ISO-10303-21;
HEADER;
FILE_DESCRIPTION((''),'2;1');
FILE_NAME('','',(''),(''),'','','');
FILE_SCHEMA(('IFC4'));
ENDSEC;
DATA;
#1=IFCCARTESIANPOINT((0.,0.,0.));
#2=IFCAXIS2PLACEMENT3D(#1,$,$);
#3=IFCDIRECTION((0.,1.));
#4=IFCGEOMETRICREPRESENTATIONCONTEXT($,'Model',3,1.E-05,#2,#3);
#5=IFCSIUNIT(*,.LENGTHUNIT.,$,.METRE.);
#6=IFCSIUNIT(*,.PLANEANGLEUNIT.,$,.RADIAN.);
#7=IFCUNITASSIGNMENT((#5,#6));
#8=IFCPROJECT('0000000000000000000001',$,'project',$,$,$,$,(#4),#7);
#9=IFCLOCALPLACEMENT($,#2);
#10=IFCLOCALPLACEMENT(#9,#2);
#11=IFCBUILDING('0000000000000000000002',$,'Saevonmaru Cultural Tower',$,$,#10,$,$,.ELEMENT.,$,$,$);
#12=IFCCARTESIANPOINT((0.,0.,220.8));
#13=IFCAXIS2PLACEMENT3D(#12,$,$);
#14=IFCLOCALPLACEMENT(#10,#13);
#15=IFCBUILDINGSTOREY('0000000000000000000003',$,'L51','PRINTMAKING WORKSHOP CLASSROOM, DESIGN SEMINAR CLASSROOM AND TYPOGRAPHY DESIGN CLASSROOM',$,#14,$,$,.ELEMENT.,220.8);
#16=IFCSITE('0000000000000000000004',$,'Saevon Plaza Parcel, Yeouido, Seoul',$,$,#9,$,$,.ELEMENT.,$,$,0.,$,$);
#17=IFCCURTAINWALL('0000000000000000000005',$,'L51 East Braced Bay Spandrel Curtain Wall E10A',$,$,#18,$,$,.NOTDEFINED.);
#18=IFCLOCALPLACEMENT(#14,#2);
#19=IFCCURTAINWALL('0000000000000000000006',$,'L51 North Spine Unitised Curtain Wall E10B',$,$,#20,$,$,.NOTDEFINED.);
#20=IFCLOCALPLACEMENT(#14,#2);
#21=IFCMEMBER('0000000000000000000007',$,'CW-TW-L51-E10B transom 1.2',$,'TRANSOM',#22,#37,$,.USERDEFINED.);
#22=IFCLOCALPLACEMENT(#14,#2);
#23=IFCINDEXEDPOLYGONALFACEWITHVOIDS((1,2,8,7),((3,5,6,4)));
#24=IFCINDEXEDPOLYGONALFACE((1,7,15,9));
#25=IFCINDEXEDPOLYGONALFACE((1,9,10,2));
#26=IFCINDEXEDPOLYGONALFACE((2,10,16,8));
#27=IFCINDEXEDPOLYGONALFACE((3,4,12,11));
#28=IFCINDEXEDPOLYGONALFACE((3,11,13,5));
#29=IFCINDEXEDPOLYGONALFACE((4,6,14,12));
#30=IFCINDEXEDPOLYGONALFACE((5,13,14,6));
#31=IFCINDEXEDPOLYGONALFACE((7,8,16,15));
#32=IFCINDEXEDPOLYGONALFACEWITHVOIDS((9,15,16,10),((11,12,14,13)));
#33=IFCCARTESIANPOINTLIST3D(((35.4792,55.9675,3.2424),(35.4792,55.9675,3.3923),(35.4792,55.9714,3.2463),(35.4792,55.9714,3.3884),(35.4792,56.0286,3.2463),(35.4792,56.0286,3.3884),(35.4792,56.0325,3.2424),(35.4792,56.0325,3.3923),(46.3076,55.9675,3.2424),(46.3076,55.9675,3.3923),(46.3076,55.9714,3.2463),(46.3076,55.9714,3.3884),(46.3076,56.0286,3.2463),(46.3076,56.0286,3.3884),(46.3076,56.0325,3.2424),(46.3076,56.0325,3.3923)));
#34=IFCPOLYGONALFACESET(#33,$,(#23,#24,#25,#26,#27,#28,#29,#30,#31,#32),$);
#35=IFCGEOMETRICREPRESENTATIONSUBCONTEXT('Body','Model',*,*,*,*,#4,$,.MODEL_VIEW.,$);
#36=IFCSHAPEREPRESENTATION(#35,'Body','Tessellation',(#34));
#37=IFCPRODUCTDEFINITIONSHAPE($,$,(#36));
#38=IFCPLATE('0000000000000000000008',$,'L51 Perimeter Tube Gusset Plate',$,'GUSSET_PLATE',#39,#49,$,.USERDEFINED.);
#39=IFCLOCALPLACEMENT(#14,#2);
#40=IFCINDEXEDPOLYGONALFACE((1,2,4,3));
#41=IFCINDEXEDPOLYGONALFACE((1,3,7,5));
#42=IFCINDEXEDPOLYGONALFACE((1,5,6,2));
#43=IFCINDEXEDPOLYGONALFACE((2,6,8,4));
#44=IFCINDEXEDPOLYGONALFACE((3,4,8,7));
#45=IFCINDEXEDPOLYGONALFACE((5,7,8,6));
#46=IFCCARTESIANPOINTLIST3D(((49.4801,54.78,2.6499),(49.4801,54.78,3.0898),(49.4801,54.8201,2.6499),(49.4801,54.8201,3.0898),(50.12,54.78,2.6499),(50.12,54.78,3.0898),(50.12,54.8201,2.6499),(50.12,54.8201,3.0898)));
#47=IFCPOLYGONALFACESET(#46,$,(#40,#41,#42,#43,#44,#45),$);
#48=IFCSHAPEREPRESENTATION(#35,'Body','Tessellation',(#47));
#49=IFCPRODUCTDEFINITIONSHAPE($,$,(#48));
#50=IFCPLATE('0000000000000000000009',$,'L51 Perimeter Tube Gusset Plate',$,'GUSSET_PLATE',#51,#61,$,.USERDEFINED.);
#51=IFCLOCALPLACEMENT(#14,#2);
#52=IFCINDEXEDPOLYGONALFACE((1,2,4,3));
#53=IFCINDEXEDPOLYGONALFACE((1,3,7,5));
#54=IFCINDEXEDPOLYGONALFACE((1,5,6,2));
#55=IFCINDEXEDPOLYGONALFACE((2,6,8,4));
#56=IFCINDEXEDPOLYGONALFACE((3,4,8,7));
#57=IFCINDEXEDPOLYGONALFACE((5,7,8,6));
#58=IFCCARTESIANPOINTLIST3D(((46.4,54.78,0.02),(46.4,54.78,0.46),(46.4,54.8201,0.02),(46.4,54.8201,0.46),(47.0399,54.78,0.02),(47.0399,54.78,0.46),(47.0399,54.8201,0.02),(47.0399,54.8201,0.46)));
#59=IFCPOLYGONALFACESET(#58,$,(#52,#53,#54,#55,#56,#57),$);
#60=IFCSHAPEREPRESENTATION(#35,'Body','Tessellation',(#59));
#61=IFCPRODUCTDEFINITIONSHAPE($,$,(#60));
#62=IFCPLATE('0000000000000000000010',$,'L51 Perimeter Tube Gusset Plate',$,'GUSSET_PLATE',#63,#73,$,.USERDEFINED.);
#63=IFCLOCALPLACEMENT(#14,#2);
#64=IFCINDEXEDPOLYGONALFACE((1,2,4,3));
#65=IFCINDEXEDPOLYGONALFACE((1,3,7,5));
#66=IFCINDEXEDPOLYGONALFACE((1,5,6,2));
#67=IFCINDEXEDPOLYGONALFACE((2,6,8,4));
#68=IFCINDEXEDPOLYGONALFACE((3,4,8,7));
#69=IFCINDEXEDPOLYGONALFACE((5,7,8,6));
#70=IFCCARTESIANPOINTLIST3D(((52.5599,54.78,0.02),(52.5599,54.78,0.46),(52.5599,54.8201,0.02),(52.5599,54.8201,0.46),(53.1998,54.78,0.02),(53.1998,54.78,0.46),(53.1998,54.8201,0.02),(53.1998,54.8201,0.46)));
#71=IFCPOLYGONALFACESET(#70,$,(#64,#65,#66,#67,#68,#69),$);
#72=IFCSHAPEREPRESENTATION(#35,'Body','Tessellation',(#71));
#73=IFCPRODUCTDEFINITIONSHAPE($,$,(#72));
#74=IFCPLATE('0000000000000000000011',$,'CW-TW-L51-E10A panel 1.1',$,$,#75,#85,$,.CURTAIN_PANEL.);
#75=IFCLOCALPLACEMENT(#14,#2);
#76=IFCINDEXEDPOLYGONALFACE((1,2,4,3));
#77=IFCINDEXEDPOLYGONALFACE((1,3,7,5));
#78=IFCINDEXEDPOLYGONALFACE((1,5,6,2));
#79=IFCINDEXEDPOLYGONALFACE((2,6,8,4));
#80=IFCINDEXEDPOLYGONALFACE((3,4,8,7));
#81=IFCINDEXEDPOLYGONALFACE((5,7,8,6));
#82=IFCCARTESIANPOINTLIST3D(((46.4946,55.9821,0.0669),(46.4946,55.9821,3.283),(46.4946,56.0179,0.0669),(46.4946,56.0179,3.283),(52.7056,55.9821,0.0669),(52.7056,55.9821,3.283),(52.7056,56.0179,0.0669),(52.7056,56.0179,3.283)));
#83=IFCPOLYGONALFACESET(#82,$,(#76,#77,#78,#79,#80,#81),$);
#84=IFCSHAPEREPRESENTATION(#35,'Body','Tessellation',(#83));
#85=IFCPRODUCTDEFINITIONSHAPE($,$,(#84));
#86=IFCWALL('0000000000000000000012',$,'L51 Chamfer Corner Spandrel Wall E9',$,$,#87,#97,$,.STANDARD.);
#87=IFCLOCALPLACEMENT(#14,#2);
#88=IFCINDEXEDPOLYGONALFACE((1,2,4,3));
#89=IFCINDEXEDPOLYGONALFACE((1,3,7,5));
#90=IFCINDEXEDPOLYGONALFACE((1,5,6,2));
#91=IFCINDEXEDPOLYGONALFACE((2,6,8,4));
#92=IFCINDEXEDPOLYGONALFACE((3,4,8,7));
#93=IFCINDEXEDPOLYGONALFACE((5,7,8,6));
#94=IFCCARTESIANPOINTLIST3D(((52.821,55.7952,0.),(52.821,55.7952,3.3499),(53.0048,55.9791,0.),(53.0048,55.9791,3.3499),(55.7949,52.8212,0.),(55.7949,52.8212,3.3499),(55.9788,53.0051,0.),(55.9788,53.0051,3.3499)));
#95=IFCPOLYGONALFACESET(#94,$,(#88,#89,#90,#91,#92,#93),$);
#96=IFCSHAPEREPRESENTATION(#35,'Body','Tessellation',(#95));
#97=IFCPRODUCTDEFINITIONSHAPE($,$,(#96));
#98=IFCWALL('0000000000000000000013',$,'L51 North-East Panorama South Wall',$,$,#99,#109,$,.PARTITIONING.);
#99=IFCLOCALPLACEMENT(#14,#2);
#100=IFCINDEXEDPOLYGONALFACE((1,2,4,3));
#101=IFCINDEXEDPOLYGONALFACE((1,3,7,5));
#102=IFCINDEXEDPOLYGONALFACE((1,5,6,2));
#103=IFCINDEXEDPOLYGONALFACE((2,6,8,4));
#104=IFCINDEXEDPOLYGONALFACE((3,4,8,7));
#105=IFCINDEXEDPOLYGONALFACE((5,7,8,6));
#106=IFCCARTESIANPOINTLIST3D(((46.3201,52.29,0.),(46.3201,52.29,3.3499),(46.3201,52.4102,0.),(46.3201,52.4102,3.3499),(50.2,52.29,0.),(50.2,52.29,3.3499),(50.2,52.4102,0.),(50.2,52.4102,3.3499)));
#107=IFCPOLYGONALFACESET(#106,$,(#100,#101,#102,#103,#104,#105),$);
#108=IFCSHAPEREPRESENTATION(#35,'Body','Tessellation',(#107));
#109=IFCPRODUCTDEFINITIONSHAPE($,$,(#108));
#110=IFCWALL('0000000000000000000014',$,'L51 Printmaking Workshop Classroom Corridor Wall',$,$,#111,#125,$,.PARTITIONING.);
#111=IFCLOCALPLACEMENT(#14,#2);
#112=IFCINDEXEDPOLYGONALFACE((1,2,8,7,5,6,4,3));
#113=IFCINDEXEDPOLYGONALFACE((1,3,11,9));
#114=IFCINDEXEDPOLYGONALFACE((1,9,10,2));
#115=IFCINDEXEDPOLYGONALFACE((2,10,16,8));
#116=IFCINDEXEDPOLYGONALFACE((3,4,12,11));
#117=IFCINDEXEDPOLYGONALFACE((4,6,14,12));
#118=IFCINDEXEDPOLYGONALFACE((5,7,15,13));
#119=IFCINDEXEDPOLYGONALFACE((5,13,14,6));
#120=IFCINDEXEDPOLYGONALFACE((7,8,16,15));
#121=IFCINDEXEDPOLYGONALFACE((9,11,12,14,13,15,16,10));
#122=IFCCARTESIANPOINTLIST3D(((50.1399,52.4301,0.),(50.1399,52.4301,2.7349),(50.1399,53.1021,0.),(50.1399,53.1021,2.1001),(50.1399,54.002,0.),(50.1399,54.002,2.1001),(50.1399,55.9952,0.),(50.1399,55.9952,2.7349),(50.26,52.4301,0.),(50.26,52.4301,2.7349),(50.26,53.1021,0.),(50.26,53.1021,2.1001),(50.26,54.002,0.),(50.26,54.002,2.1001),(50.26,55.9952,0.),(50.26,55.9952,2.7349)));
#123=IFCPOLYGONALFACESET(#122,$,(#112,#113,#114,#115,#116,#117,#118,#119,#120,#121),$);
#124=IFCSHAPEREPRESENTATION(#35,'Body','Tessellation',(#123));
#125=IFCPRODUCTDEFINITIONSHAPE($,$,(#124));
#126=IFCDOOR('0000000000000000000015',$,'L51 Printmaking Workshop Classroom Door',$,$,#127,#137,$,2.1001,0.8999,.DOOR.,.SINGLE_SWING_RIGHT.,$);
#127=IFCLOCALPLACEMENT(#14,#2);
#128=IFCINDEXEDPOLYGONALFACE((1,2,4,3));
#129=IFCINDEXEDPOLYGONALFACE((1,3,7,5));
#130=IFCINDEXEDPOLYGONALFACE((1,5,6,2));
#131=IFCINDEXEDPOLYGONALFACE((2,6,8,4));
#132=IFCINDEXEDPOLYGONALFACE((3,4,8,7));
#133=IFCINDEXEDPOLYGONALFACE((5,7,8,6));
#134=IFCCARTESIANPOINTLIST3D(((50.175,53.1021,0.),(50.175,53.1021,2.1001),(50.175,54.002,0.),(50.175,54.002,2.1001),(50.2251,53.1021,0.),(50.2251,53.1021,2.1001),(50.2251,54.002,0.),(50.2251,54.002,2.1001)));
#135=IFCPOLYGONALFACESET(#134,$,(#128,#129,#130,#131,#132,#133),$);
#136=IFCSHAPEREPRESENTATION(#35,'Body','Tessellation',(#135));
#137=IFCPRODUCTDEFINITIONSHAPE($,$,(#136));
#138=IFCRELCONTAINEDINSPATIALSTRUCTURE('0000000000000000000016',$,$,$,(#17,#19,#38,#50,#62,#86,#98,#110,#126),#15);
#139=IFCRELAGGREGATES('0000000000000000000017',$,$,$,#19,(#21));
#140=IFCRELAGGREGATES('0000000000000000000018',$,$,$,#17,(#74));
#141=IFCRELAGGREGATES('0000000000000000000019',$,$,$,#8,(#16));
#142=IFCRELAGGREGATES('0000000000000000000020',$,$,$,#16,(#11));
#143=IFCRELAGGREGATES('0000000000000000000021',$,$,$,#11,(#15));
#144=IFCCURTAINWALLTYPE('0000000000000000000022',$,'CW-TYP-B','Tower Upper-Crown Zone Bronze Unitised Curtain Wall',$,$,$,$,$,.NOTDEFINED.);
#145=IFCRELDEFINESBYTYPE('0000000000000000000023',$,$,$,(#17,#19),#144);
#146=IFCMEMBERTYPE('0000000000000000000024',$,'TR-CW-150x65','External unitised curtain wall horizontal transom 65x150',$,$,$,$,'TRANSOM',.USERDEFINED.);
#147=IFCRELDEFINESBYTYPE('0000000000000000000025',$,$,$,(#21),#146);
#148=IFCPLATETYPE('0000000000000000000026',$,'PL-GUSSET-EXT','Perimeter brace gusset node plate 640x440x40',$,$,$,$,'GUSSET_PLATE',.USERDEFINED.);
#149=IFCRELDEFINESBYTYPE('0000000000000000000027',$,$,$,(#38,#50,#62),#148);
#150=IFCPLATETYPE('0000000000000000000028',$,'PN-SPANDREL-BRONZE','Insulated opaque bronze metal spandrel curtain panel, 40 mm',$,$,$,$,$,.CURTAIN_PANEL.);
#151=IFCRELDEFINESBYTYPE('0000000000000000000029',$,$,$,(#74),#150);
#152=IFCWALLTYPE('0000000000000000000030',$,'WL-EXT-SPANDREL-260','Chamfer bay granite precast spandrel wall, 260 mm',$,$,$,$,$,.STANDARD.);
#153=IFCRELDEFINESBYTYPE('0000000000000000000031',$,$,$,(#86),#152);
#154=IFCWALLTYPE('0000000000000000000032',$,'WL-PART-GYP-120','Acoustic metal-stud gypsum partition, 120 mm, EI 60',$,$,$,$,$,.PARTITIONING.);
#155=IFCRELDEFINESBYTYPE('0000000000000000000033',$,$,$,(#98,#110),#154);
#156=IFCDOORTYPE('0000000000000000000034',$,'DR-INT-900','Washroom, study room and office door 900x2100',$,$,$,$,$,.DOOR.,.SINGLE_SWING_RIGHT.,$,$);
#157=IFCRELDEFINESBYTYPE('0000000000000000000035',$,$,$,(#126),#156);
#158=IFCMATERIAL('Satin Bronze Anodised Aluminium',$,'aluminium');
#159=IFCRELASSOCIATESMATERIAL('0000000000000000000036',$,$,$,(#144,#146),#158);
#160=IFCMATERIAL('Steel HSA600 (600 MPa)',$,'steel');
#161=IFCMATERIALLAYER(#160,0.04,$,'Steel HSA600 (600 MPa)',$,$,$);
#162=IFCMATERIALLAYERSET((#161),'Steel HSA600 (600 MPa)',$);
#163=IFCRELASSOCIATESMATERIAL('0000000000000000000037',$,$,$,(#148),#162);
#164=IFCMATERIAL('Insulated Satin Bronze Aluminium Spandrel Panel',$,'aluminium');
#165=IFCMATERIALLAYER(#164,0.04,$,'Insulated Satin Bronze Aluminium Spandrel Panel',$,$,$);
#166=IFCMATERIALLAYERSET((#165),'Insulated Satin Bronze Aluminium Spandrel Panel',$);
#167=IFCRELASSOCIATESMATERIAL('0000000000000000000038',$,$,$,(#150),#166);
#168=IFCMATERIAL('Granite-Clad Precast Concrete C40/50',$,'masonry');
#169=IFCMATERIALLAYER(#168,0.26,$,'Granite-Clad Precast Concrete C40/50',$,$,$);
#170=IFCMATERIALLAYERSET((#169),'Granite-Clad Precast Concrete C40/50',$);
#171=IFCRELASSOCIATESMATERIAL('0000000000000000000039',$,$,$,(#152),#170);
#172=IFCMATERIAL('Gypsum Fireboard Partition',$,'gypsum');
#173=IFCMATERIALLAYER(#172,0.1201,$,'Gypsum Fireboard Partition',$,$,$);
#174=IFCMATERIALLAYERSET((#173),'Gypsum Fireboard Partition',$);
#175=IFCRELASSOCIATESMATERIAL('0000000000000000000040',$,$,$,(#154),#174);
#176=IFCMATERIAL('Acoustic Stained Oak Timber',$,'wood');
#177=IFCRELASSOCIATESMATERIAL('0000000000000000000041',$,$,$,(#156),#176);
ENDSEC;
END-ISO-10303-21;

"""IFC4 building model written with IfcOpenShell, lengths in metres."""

from ifc_helpers import new_model, si_unit, direction, frame, frame_2d, origin, origin_2d, place, context, subcontext, project, spatial, rectangle, hollow_rectangle, extrude, material, layer, layer_set, material_profile, profile_set, type_object, element, fill, aggregate, save


model = new_model("IFC4")

# Units and contexts
model_context = context("Model", 3, precision=1e-05, world=origin(), true_north=direction((0.0, 1.0)))
body_context = subcontext(model_context, "Body", "Model", "MODEL_VIEW")
ifc_project = project(units=[si_unit("LENGTHUNIT", "METRE"), si_unit("PLANEANGLEUNIT", "RADIAN")], contexts=[model_context])

# Site, building, storey
site_placement = place(None, origin())
site = spatial("IfcSite", under=ifc_project, at=site_placement, Name="Saevon Plaza Parcel, Yeouido, Seoul", CompositionType="ELEMENT", RefElevation=0.0)
building_placement = place(site_placement, origin())
building = spatial("IfcBuilding", under=site, at=building_placement, Name="Saevonmaru Cultural Tower", CompositionType="ELEMENT")
storey_placement = place(building_placement, frame((0.0, 0.0, 220.8)))
storey = spatial("IfcBuildingStorey", under=building, at=storey_placement, Name="L51", Description="PRINTMAKING WORKSHOP CLASSROOM, DESIGN SEMINAR CLASSROOM AND TYPOGRAPHY DESIGN CLASSROOM", CompositionType="ELEMENT", Elevation=220.8)

# Shared definitions
ifc_material_1 = material(Name="Satin Bronze Anodised Aluminium", Category="aluminium")
curtain_wall_type = type_object("IfcCurtainWallType", Name="CW-TYP-B", Description="Tower Upper-Crown Zone Bronze Unitised Curtain Wall", PredefinedType="NOTDEFINED", material=ifc_material_1)

# Curtain wall
curtain_wall_1_placement = place(storey_placement, origin())
curtain_wall_1 = element("IfcCurtainWall", 1, at=curtain_wall_1_placement, inside=storey, type_object=curtain_wall_type, Name="L51 East Braced Bay Spandrel Curtain Wall E10A", PredefinedType="NOTDEFINED")

# Curtain wall
curtain_wall_2_placement = place(storey_placement, origin())
curtain_wall_2 = element("IfcCurtainWall", 2, at=curtain_wall_2_placement, inside=storey, type_object=curtain_wall_type, Name="L51 North Spine Unitised Curtain Wall E10B", PredefinedType="NOTDEFINED")

# Member
ifc_material_profile_1 = material_profile(ifc_material_1, hollow_rectangle(XDim=0.0649, YDim=0.1499, WallThickness=0.0039, at=origin_2d()), Name="ALU-TRAN-150x65x4")
ifc_profile_set_1 = profile_set([ifc_material_profile_1], Name="Satin Bronze Anodised Aluminium")
member_type_1 = type_object("IfcMemberType", Name="TR-CW-150x65", Description="External unitised curtain wall horizontal transom 65x150", ElementType="TRANSOM", PredefinedType="USERDEFINED", material=ifc_profile_set_1)
member_1_placement = place(storey_placement, frame((46.3076, 56.0, 3.3174), z_axis=(-1.0, 0.0, 0.0), x_axis=(0.0, -1.0, 0.0)))
member_1 = element("IfcMember", 3, at=member_1_placement, type_object=member_type_1, Name="CW-TW-L51-E10B transom 1.2", ObjectType="TRANSOM", PredefinedType="USERDEFINED", context=body_context, shape_type="SweptSolid", body=[
    extrude(hollow_rectangle(XDim=0.0649, YDim=0.1499, WallThickness=0.0039, at=origin_2d()), origin(), (0.0, 0.0, 1.0), 10.8284),
])
aggregate(curtain_wall_2, [member_1])

# Plates
ifc_material_2 = material(Name="Steel HSA600 (600 MPa)", Category="steel")
ifc_layer_1 = layer(ifc_material_2, 0.04, Name="Steel HSA600 (600 MPa)")
ifc_layer_set_1 = layer_set([ifc_layer_1], Name="Steel HSA600 (600 MPa)")
plate_type_1 = type_object("IfcPlateType", Name="PL-GUSSET-EXT", Description="Perimeter brace gusset node plate 640x440x40", ElementType="GUSSET_PLATE", PredefinedType="USERDEFINED", material=ifc_layer_set_1)
for number, where, z_axis, x_axis, name in (
    (4, (49.8, 54.8, 2.6499), (0.0, 0.0, 1.0), (1.0, 0.0, 0.0), "L51 Perimeter Tube Gusset Plate"),
    (5, (46.72, 54.8, 0.02), (0.0, 0.0, 1.0), (1.0, 0.0, 0.0), "L51 Perimeter Tube Gusset Plate"),
    (6, (52.8799, 54.8, 0.02), (0.0, 0.0, 1.0), (1.0, 0.0, 0.0), "L51 Perimeter Tube Gusset Plate"),
):
    element("IfcPlate", number, at=place(storey_placement, frame(where, z_axis=z_axis, x_axis=x_axis)), inside=storey, type_object=plate_type_1, Name=name, ObjectType="GUSSET_PLATE", PredefinedType="USERDEFINED", context=body_context, shape_type="SweptSolid", body=[
        extrude(rectangle(XDim=0.6399, YDim=0.04, at=origin_2d()), origin(), (0.0, 0.0, 1.0), 0.4399),
    ])

# Plate
ifc_material_3 = material(Name="Insulated Satin Bronze Aluminium Spandrel Panel", Category="aluminium")
ifc_layer_2 = layer(ifc_material_3, 0.04, Name="Insulated Satin Bronze Aluminium Spandrel Panel")
ifc_layer_set_2 = layer_set([ifc_layer_2], Name="Insulated Satin Bronze Aluminium Spandrel Panel")
plate_type_2 = type_object("IfcPlateType", Name="PN-SPANDREL-BRONZE", Description="Insulated opaque bronze metal spandrel curtain panel, 40 mm", PredefinedType="CURTAIN_PANEL", material=ifc_layer_set_2)
plate_placement = place(storey_placement, frame((49.6001, 56.0, 0.0669), z_axis=(0.0, 0.0, 1.0), x_axis=(-1.0, 0.0, 0.0)))
plate = element("IfcPlate", 7, at=plate_placement, type_object=plate_type_2, Name="CW-TW-L51-E10A panel 1.1", PredefinedType="CURTAIN_PANEL", context=body_context, shape_type="SweptSolid", body=[
    extrude(rectangle(XDim=6.2109, YDim=0.0359, at=origin_2d()), origin(), (0.0, 0.0, 1.0), 3.2161),
])
aggregate(curtain_wall_1, [plate])

# Walls
ifc_material_4 = material(Name="Granite-Clad Precast Concrete C40/50", Category="masonry")
ifc_layer_3 = layer(ifc_material_4, 0.26, Name="Granite-Clad Precast Concrete C40/50")
ifc_layer_set_3 = layer_set([ifc_layer_3], Name="Granite-Clad Precast Concrete C40/50")
wall_type_1 = type_object("IfcWallType", Name="WL-EXT-SPANDREL-260", Description="Chamfer bay granite precast spandrel wall, 260 mm", PredefinedType="STANDARD", material=ifc_layer_set_3)
wall_1_placement = place(storey_placement, frame((55.887, 52.9131, 0.0), z_axis=(0.0, 0.0, 1.0), x_axis=(-0.707107, 0.707107, 0.0)))
element("IfcWall", 8, at=wall_1_placement, inside=storey, type_object=wall_type_1, Name="L51 Chamfer Corner Spandrel Wall E9", PredefinedType="STANDARD", context=body_context, shape_type="SweptSolid", body=[
    extrude(rectangle(XDim=4.2058, YDim=0.26, at=frame_2d((2.103, 0.0))), origin(), (0.0, 0.0, 1.0), 3.3499),
])
ifc_material_5 = material(Name="Gypsum Fireboard Partition", Category="gypsum")
ifc_layer_4 = layer(ifc_material_5, 0.1201, Name="Gypsum Fireboard Partition")
ifc_layer_set_4 = layer_set([ifc_layer_4], Name="Gypsum Fireboard Partition")
wall_type_2 = type_object("IfcWallType", Name="WL-PART-GYP-120", Description="Acoustic metal-stud gypsum partition, 120 mm, EI 60", PredefinedType="PARTITIONING", material=ifc_layer_set_4)
wall_2_placement = place(storey_placement, frame((46.3201, 52.3501, 0.0), z_axis=(0.0, 0.0, 1.0), x_axis=(1.0, 0.0, 0.0)))
element("IfcWall", 9, at=wall_2_placement, inside=storey, type_object=wall_type_2, Name="L51 North-East Panorama South Wall", PredefinedType="PARTITIONING", context=body_context, shape_type="SweptSolid", body=[
    extrude(rectangle(XDim=3.8799, YDim=0.1201, at=frame_2d((1.9399, 0.0))), origin(), (0.0, 0.0, 1.0), 3.3499),
])

# Wall, opening, door
wall_3_placement = place(storey_placement, frame((50.2, 52.4299, 0.0), z_axis=(0.0, 0.0, 1.0), x_axis=(0.0, 1.0, 0.0)))
wall_3 = element("IfcWall", 10, at=wall_3_placement, inside=storey, type_object=wall_type_2, Name="L51 Printmaking Workshop Classroom Corridor Wall", PredefinedType="PARTITIONING", context=body_context, shape_type="SweptSolid", body=[
    extrude(rectangle(XDim=3.5652, YDim=0.1201, at=frame_2d((1.7827, 0.0))), origin(), (0.0, 0.0, 1.0), 2.7349),
])
opening_placement = place(wall_3_placement, frame((0.6721, 0.0, 0.0)))
opening = element("IfcOpeningElement", 11, at=opening_placement, cuts=wall_3, PredefinedType="OPENING", context=body_context, shape_type="SweptSolid", body=[
    extrude(rectangle(XDim=0.8999, YDim=2.1001, at=frame_2d((0.45, 1.05))), frame((0.0, 0.0701, 0.0), z_axis=(0.0, -1.0, 0.0), x_axis=(1.0, 0.0, 0.0)), (0.0, 0.0, 1.0), 0.1401),
])
ifc_material_6 = material(Name="Acoustic Stained Oak Timber", Category="wood")
door_type = type_object("IfcDoorType", Name="DR-INT-900", Description="Washroom, study room and office door 900x2100", OperationType="SINGLE_SWING_RIGHT", PredefinedType="DOOR", material=ifc_material_6)
door_placement = place(opening_placement, origin())
door = element("IfcDoor", 12, at=door_placement, inside=storey, type_object=door_type, Name="L51 Printmaking Workshop Classroom Door", OperationType="SINGLE_SWING_RIGHT", OverallHeight=2.1001, OverallWidth=0.8999, PredefinedType="DOOR", context=body_context, shape_type="SweptSolid", body=[
    extrude(rectangle(XDim=0.8999, YDim=2.1001, at=frame_2d((0.45, 1.05))), frame((0.0, 0.0249, 0.0), z_axis=(0.0, -1.0, 0.0), x_axis=(1.0, 0.0, 0.0)), (0.0, 0.0, 1.0), 0.05),
])
fill(opening, door)

save(model, "model.ifc")
